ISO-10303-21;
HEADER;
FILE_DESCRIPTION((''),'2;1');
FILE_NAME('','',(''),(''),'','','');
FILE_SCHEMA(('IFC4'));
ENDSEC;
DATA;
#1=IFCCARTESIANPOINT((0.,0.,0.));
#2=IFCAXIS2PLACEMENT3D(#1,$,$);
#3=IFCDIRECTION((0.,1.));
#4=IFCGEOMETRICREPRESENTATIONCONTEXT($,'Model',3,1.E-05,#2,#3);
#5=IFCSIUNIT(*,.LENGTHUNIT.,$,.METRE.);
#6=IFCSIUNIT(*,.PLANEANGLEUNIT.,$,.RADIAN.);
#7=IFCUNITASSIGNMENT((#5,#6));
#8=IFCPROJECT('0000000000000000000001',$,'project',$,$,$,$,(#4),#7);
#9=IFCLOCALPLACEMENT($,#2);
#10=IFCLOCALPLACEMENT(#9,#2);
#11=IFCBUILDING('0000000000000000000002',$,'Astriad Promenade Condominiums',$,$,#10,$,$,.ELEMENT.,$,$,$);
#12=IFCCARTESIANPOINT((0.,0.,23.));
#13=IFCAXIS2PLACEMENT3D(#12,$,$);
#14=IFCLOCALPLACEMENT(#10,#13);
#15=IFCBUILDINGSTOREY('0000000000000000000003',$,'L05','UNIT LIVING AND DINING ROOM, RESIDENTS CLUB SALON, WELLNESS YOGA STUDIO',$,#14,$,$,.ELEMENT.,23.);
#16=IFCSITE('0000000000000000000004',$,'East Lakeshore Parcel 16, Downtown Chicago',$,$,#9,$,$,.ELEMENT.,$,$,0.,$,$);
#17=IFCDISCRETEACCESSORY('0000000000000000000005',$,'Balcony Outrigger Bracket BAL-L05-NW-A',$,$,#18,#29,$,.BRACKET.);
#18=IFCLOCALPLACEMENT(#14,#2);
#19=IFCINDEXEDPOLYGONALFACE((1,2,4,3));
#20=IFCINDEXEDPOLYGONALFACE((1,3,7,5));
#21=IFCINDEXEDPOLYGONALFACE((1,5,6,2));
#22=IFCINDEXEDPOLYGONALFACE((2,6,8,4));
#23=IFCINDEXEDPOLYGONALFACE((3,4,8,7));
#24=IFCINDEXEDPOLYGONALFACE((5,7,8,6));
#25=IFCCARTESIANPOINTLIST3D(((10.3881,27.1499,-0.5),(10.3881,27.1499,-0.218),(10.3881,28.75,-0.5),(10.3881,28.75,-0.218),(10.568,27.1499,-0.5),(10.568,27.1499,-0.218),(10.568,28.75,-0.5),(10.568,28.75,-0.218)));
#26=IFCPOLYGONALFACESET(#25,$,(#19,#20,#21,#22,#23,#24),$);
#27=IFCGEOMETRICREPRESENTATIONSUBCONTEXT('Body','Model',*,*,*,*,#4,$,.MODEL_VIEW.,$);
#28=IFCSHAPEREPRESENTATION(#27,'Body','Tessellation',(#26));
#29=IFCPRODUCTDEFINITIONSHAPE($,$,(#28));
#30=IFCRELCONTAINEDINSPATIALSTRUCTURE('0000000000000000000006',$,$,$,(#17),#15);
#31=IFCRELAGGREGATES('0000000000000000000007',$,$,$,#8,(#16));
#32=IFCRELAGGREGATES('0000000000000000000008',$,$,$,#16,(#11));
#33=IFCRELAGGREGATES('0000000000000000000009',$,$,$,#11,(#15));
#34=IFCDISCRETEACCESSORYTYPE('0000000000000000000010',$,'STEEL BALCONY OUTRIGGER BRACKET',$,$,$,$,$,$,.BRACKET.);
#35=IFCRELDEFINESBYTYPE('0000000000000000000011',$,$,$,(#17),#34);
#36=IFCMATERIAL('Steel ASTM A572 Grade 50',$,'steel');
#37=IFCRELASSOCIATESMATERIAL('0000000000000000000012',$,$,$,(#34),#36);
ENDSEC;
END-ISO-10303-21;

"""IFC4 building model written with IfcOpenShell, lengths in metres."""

from ifc_helpers import new_model, si_unit, direction, frame, origin, origin_2d, place, context, subcontext, project, spatial, rectangle, extrude, source, transform, mapped, material, type_object, type_shapes, element, save


model = new_model("IFC4")

# Units and contexts
model_context = context("Model", 3, precision=1e-05, world=origin(), true_north=direction((0.0, 1.0)))
body_context = subcontext(model_context, "Body", "Model", "MODEL_VIEW")
ifc_project = project(units=[si_unit("LENGTHUNIT", "METRE"), si_unit("PLANEANGLEUNIT", "RADIAN")], contexts=[model_context])

# Site, building, storey
site_placement = place(None, origin())
site = spatial("IfcSite", under=ifc_project, at=site_placement, Name="East Lakeshore Parcel 16, Downtown Chicago", CompositionType="ELEMENT", RefElevation=0.0)
building_placement = place(site_placement, origin())
building = spatial("IfcBuilding", under=site, at=building_placement, Name="Astriad Promenade Condominiums", CompositionType="ELEMENT")
storey_placement = place(building_placement, frame((0.0, 0.0, 23.0)))
storey = spatial("IfcBuildingStorey", under=building, at=storey_placement, Name="L05", Description="UNIT LIVING AND DINING ROOM, RESIDENTS CLUB SALON, WELLNESS YOGA STUDIO", CompositionType="ELEMENT", Elevation=23.0)

# Discrete accessory
ifc_material_1 = material(Name="Steel ASTM A572 Grade 50", Category="steel")
discrete_accessory_type = type_object("IfcDiscreteAccessoryType", Name="STEEL BALCONY OUTRIGGER BRACKET", PredefinedType="BRACKET", material=ifc_material_1)
shared_shape_1 = source(origin(), body_context, "Body", "SweptSolid", [
    extrude(rectangle(XDim=1.6001, YDim=0.1799, at=origin_2d()), origin(), (0.0, 0.0, 1.0), 0.282),
])
type_shapes(discrete_accessory_type, [shared_shape_1])
discrete_accessory_placement = place(storey_placement, frame((10.478, 27.95, -0.5), z_axis=(0.0, 0.0, 1.0), x_axis=(0.0, 1.0, 0.0)))
element("IfcDiscreteAccessory", 1, at=discrete_accessory_placement, inside=storey, type_object=discrete_accessory_type, Name="Balcony Outrigger Bracket BAL-L05-NW-A", PredefinedType="BRACKET", context=body_context, shape_type="MappedRepresentation", body=[
    mapped(shared_shape_1, transform((0.0, 0.0, 0.0), scale=1.0)),
])

save(model, "model.ifc")
